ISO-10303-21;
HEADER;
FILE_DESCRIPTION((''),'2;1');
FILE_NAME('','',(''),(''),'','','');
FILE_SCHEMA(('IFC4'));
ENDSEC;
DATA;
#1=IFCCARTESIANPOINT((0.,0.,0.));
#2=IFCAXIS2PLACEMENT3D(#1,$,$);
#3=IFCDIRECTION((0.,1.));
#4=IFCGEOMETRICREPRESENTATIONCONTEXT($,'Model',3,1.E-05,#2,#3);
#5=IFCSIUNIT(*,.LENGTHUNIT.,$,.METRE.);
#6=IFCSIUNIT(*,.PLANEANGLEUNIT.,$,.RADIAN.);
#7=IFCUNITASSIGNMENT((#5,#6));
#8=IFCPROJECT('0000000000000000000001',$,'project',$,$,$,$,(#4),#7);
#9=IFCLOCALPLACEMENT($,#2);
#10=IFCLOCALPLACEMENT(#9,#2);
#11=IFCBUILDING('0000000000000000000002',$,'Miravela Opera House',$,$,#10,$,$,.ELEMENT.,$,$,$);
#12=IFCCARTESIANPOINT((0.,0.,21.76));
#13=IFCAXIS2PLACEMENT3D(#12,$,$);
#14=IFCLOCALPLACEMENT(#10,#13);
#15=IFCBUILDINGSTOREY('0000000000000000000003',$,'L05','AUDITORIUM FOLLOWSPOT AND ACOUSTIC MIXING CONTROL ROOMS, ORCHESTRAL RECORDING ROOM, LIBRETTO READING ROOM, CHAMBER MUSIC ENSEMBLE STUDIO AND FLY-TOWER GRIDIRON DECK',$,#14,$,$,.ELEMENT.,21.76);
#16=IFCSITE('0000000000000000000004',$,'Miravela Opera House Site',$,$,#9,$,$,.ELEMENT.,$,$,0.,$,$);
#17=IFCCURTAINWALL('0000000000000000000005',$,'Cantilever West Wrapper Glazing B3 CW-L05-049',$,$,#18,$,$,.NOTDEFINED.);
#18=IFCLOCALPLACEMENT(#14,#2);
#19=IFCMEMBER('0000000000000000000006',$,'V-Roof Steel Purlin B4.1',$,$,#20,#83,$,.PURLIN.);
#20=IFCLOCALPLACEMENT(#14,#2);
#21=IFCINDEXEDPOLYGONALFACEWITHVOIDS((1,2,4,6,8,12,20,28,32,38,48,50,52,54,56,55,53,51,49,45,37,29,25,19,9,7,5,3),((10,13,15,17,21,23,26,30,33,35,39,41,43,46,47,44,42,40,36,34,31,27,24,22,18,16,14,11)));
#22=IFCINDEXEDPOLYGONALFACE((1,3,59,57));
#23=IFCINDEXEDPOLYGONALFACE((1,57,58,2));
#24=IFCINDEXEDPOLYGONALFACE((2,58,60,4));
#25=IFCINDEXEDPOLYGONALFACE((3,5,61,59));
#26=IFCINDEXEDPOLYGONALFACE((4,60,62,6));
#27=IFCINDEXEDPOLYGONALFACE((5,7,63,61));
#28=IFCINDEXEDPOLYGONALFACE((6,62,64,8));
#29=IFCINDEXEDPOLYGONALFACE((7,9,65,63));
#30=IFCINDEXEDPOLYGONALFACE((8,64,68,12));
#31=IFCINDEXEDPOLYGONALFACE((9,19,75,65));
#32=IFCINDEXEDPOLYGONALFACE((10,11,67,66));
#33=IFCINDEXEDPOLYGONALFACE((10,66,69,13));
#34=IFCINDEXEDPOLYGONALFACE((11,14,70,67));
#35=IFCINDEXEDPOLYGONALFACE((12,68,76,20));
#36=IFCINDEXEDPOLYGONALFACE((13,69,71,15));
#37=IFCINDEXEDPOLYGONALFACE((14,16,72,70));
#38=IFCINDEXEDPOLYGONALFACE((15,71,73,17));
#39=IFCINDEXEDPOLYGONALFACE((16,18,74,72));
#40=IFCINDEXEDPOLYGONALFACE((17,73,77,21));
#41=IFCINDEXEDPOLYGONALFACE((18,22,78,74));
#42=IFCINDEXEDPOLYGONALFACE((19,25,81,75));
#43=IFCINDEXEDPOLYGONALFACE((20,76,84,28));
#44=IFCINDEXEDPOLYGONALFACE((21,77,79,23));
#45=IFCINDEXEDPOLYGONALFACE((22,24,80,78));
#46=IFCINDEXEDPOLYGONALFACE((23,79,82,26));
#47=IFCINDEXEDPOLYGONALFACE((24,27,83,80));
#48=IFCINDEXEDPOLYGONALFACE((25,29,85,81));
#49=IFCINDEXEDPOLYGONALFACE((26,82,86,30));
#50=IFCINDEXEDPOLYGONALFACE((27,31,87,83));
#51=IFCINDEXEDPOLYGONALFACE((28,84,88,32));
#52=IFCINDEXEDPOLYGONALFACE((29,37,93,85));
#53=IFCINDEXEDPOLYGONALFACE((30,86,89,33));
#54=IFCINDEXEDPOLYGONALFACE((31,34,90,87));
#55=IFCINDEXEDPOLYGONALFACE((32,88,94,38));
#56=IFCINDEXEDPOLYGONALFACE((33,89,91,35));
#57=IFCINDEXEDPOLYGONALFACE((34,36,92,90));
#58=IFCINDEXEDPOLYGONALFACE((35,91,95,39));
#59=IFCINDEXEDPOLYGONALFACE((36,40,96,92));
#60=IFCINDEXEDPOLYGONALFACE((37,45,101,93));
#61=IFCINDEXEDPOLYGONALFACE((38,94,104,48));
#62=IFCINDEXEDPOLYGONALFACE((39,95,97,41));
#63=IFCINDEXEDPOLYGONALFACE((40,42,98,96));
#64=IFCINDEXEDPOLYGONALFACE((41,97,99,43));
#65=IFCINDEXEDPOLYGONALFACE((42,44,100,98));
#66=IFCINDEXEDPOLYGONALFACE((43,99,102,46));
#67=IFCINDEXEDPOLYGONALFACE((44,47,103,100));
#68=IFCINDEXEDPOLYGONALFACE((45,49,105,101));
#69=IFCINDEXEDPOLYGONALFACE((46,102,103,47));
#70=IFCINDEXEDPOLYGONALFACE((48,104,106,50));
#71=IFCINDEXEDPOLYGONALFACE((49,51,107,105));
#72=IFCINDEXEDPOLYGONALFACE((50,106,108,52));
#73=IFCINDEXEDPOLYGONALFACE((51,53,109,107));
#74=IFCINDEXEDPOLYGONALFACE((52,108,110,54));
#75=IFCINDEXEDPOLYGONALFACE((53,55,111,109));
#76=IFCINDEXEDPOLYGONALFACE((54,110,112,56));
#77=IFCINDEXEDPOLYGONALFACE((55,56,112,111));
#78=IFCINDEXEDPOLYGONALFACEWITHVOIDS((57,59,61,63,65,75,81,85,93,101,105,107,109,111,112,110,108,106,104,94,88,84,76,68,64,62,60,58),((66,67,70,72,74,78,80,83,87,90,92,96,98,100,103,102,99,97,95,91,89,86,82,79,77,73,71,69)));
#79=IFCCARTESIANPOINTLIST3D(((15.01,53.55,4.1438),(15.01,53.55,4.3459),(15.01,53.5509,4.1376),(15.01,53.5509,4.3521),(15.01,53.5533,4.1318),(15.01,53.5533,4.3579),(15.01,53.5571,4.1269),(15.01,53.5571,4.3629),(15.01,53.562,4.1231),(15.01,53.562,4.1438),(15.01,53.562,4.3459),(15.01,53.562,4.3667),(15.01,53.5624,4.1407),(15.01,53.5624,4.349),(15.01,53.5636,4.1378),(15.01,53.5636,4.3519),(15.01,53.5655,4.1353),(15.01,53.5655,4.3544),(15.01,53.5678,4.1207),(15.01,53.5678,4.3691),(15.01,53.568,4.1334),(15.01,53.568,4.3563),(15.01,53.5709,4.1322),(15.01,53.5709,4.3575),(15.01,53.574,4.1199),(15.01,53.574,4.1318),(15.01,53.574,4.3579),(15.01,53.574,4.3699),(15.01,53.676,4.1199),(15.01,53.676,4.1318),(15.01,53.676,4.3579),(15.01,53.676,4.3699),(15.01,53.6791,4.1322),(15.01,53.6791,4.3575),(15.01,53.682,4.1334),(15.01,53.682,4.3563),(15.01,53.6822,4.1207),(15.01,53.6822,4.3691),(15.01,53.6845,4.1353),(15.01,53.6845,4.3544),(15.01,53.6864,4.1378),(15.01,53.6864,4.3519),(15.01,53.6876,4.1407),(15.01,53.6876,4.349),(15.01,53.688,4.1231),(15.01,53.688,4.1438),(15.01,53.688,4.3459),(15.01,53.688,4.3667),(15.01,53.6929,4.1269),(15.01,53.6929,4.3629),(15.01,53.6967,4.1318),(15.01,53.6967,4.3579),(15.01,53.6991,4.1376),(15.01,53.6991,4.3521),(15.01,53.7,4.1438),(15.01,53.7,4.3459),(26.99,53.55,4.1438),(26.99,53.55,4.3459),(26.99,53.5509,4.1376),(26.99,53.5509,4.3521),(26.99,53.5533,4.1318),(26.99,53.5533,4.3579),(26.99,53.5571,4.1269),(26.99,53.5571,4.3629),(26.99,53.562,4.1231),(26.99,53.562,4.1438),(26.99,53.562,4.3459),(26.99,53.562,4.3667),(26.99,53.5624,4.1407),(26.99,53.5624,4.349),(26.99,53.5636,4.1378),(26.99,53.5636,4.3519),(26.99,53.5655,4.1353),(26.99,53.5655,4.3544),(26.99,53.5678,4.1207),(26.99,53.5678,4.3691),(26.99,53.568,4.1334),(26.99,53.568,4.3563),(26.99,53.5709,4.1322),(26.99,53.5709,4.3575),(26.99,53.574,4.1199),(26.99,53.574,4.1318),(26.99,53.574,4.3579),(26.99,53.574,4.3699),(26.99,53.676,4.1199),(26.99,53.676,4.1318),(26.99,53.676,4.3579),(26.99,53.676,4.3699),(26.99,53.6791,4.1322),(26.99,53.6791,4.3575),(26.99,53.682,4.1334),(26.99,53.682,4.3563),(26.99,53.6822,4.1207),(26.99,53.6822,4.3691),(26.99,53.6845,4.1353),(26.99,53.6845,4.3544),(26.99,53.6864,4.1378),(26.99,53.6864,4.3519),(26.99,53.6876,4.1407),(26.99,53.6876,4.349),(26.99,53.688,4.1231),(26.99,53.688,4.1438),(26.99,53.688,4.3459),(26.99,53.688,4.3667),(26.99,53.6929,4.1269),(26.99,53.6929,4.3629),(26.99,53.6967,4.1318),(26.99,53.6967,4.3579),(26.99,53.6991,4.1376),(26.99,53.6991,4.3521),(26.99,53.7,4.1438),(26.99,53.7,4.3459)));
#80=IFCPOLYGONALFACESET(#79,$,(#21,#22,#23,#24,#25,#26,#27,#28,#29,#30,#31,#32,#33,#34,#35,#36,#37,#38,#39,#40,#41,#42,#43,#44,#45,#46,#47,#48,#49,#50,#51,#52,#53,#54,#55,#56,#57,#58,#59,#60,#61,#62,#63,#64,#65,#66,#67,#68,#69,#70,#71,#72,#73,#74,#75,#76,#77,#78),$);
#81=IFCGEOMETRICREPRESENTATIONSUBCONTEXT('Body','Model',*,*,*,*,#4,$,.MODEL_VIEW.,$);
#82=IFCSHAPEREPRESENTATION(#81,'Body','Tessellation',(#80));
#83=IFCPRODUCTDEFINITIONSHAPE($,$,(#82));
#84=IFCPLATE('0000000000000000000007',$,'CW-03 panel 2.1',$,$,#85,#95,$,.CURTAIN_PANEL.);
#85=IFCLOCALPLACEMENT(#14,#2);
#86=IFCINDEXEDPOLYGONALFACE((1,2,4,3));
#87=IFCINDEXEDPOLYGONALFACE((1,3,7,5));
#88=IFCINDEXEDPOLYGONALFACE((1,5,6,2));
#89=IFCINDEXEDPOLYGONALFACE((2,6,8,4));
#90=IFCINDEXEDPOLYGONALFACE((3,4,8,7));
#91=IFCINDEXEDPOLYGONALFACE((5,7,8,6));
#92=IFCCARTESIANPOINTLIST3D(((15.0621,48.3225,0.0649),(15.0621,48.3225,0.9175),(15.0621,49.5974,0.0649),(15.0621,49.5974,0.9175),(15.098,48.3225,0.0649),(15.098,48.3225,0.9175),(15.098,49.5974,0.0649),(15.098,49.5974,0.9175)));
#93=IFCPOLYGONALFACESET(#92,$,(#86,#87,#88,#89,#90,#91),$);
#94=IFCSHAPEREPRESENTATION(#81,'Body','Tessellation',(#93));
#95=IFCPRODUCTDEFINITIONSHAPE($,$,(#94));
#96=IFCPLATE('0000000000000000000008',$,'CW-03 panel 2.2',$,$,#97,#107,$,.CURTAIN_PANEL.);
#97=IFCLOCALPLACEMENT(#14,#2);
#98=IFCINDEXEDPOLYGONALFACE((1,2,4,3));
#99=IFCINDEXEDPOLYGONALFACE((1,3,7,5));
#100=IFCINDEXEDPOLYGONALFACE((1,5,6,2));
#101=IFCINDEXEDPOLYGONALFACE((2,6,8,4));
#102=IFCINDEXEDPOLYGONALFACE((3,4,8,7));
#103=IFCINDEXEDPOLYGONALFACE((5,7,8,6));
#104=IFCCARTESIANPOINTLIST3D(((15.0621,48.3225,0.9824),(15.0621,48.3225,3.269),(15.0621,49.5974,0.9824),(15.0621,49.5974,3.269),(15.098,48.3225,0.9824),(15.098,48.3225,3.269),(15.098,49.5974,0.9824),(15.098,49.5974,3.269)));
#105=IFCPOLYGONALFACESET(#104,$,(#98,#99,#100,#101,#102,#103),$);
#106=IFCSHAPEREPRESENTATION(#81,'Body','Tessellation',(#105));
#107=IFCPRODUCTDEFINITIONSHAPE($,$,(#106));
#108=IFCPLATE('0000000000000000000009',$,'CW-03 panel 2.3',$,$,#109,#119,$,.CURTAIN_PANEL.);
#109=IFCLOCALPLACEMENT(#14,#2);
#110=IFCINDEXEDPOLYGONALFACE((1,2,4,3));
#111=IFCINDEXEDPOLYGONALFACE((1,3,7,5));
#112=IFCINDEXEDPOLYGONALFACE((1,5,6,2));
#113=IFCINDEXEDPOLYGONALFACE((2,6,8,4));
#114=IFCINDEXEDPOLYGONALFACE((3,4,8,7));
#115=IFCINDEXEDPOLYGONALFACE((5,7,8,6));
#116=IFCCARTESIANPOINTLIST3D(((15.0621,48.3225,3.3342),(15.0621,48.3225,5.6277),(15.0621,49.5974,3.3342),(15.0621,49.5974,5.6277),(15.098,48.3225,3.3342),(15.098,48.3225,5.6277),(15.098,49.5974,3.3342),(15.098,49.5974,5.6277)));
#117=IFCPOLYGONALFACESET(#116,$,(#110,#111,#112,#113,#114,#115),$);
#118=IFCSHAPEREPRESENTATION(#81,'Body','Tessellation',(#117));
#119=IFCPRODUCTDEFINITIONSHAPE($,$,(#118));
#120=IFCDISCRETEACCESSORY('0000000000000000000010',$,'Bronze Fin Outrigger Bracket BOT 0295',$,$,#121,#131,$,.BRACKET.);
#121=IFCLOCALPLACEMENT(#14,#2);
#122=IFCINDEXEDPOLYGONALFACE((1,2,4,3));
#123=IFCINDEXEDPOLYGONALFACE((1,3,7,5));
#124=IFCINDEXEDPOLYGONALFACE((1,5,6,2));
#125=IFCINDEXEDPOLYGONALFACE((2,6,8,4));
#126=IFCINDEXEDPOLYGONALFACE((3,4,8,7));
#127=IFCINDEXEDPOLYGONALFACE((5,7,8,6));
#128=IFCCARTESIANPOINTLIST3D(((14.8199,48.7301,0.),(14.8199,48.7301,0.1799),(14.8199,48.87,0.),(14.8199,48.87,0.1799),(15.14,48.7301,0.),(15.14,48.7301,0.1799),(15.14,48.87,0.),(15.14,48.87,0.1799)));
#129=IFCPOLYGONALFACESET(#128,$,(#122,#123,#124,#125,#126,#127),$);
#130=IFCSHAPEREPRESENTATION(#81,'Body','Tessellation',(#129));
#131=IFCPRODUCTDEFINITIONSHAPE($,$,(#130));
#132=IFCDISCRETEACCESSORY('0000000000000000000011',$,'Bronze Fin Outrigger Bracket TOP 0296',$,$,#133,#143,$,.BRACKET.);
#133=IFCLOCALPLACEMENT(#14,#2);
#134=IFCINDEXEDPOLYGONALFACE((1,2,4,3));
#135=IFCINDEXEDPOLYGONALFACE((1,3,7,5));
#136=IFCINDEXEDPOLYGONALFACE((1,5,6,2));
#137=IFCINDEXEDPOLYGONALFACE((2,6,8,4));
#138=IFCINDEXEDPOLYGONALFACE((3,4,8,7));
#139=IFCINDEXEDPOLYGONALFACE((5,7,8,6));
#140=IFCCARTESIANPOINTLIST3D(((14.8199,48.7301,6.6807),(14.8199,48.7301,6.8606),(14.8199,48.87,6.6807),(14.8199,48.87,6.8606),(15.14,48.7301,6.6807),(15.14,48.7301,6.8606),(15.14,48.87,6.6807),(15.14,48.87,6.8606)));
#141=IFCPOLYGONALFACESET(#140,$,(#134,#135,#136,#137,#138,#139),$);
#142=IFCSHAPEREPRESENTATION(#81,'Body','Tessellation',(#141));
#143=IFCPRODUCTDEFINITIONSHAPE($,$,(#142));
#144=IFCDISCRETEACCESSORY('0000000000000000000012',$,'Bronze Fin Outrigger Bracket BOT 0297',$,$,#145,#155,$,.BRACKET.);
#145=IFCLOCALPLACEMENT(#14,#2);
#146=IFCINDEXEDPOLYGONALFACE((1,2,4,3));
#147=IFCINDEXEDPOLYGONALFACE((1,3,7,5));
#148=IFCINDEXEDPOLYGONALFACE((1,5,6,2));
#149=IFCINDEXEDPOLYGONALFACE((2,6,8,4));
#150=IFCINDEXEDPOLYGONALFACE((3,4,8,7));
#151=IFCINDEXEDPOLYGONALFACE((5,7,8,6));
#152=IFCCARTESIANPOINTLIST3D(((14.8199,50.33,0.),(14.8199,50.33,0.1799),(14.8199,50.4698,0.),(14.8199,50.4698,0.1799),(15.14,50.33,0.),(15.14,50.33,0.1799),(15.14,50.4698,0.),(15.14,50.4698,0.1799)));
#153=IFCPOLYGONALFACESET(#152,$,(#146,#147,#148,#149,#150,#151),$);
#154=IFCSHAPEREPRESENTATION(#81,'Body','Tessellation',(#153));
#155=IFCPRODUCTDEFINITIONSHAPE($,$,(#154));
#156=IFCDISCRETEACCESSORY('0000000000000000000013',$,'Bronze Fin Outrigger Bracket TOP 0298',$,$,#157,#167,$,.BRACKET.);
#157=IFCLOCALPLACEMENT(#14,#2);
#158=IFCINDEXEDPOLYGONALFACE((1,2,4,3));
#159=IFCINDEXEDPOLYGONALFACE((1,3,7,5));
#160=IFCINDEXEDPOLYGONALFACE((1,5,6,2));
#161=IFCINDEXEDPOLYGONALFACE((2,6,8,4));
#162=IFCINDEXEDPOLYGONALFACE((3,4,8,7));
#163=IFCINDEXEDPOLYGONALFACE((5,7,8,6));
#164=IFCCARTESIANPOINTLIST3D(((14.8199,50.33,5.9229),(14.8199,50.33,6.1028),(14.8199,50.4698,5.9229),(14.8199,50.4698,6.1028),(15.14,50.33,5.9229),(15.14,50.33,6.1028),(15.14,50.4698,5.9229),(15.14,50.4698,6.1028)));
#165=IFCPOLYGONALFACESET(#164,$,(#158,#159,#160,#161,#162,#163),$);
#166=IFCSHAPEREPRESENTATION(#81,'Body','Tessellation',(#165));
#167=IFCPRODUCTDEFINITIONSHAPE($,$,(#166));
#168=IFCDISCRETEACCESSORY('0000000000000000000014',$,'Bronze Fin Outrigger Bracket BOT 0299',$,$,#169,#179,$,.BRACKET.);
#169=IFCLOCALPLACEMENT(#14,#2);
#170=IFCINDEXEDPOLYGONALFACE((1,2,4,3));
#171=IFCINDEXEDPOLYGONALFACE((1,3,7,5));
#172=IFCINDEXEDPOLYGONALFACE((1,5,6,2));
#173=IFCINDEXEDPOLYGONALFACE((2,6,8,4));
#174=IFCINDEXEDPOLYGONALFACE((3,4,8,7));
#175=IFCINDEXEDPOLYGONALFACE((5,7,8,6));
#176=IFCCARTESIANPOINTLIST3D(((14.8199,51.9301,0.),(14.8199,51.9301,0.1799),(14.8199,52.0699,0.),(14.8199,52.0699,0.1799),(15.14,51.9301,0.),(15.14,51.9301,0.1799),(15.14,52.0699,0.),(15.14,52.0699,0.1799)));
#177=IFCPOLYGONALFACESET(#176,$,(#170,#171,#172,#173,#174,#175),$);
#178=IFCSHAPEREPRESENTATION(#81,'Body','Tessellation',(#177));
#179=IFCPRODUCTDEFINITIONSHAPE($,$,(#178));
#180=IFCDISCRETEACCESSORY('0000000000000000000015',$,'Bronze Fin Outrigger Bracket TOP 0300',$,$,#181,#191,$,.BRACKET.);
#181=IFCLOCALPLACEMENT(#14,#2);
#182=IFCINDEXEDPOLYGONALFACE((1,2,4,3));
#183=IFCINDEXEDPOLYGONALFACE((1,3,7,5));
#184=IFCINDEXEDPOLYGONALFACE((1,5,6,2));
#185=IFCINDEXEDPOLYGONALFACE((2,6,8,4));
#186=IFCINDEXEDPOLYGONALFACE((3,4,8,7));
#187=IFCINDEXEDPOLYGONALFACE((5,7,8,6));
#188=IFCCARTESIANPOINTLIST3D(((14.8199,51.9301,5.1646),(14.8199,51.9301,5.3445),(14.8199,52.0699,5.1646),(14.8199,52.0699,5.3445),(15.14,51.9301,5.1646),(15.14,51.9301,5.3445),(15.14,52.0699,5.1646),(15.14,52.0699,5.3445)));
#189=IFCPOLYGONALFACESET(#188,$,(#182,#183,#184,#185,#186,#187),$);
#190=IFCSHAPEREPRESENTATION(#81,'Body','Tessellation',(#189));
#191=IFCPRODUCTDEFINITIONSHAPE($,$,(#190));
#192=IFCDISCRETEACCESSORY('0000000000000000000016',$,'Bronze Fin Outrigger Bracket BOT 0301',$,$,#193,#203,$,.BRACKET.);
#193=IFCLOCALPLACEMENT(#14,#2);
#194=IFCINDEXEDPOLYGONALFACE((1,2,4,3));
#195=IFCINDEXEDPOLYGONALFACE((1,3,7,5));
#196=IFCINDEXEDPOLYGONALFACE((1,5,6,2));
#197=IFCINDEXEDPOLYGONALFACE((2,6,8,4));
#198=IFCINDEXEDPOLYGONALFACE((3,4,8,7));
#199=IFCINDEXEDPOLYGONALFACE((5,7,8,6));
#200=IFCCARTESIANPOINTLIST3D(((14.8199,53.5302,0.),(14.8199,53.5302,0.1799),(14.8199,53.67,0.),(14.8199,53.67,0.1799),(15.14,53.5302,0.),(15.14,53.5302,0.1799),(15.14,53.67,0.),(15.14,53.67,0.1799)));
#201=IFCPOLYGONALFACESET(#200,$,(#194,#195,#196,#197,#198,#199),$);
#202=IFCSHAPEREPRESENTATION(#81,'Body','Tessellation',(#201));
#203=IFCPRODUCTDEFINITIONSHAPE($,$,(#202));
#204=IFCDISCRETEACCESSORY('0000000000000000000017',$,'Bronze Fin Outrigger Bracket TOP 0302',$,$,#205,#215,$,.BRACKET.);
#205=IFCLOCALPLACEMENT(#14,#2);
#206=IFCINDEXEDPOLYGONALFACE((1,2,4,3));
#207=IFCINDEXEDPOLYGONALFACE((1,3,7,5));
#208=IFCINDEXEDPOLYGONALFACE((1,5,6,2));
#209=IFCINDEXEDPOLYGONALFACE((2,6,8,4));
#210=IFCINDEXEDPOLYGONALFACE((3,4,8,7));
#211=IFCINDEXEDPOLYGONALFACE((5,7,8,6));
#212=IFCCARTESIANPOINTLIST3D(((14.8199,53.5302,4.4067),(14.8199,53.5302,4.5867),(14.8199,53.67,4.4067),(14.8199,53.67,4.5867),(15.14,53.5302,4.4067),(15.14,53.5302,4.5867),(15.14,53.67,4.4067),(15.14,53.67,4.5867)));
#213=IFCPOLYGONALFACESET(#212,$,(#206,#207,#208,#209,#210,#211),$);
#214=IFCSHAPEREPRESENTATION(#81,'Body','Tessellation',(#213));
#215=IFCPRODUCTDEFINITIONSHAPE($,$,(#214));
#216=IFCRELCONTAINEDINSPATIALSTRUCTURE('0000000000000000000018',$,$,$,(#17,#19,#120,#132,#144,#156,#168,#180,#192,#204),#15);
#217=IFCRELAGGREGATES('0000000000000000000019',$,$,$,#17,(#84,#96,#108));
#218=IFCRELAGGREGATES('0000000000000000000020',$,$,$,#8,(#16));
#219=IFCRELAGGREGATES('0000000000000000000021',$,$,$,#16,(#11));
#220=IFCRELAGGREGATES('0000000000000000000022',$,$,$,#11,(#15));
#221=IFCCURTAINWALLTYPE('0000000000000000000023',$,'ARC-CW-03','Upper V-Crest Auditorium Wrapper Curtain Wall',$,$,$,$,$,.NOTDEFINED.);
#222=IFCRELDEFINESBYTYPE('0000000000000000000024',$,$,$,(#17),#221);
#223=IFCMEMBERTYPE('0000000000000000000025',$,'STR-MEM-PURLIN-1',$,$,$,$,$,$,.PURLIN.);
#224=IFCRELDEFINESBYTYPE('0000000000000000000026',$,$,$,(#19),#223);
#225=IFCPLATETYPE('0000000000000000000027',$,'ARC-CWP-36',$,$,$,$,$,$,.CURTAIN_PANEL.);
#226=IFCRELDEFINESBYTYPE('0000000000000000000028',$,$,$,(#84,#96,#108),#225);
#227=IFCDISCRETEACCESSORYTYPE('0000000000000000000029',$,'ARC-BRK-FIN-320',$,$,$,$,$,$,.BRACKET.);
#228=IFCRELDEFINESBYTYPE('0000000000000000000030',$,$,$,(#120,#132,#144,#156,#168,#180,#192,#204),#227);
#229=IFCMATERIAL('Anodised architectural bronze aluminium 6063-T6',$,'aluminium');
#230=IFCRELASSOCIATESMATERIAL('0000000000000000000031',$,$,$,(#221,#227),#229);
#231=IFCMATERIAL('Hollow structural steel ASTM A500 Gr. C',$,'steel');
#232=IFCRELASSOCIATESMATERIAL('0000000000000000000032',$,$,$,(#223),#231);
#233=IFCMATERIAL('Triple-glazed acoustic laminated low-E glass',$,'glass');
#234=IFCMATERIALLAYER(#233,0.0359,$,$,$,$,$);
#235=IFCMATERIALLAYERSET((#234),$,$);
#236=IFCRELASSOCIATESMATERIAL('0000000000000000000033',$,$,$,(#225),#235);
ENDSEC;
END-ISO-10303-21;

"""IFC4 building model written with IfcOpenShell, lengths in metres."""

from ifc_helpers import new_model, si_unit, direction, frame, origin, origin_2d, place, context, subcontext, project, spatial, rectangle, hollow_rectangle, extrude, material, layer, layer_set, material_profile, profile_set, type_object, element, aggregate, save


model = new_model("IFC4")

# Units and contexts
model_context = context("Model", 3, precision=1e-05, world=origin(), true_north=direction((0.0, 1.0)))
body_context = subcontext(model_context, "Body", "Model", "MODEL_VIEW")
ifc_project = project(units=[si_unit("LENGTHUNIT", "METRE"), si_unit("PLANEANGLEUNIT", "RADIAN")], contexts=[model_context])

# Site, building, storey
site_placement = place(None, origin())
site = spatial("IfcSite", under=ifc_project, at=site_placement, Name="Miravela Opera House Site", CompositionType="ELEMENT", RefElevation=0.0)
building_placement = place(site_placement, origin())
building = spatial("IfcBuilding", under=site, at=building_placement, Name="Miravela Opera House", CompositionType="ELEMENT")
storey_placement = place(building_placement, frame((0.0, 0.0, 21.76)))
storey = spatial("IfcBuildingStorey", under=building, at=storey_placement, Name="L05", Description="AUDITORIUM FOLLOWSPOT AND ACOUSTIC MIXING CONTROL ROOMS, ORCHESTRAL RECORDING ROOM, LIBRETTO READING ROOM, CHAMBER MUSIC ENSEMBLE STUDIO AND FLY-TOWER GRIDIRON DECK", CompositionType="ELEMENT", Elevation=21.76)

# Curtain wall
ifc_material_1 = material(Name="Anodised architectural bronze aluminium 6063-T6", Category="aluminium")
curtain_wall_type = type_object("IfcCurtainWallType", Name="ARC-CW-03", Description="Upper V-Crest Auditorium Wrapper Curtain Wall", PredefinedType="NOTDEFINED", material=ifc_material_1)
curtain_wall_placement = place(storey_placement, origin())
curtain_wall = element("IfcCurtainWall", 1, at=curtain_wall_placement, inside=storey, type_object=curtain_wall_type, Name="Cantilever West Wrapper Glazing B3 CW-L05-049", PredefinedType="NOTDEFINED")

# Member
ifc_material_2 = material(Name="Hollow structural steel ASTM A500 Gr. C", Category="steel")
ifc_material_profile_1 = material_profile(ifc_material_2, hollow_rectangle(XDim=0.1499, YDim=0.25, WallThickness=0.012, InnerFilletRadius=0.012, OuterFilletRadius=0.0239, at=origin_2d()), Name="HSS250X150X12")
ifc_profile_set_1 = profile_set([ifc_material_profile_1])
member_type_1 = type_object("IfcMemberType", Name="STR-MEM-PURLIN-1", PredefinedType="PURLIN", material=ifc_profile_set_1)
for number, where, z_axis, x_axis, name in (
    (2, (15.01, 53.625, 4.2449), (1.0, 0.0, 0.0), (0.0, 1.0, 0.0), "V-Roof Steel Purlin B4.1"),
):
    element("IfcMember", number, at=place(storey_placement, frame(where, z_axis=z_axis, x_axis=x_axis)), inside=storey, type_object=member_type_1, Name=name, PredefinedType="PURLIN", context=body_context, shape_type="SweptSolid", body=[
        extrude(hollow_rectangle(XDim=0.1499, YDim=0.25, WallThickness=0.012, InnerFilletRadius=0.012, OuterFilletRadius=0.0239, at=origin_2d()), origin(), (0.0, 0.0, 1.0), 11.98),
    ])

# Plates
ifc_material_3 = material(Name="Triple-glazed acoustic laminated low-E glass", Category="glass")
ifc_layer = layer(ifc_material_3, 0.0359)
ifc_layer_set = layer_set([ifc_layer])
plate_type = type_object("IfcPlateType", Name="ARC-CWP-36", PredefinedType="CURTAIN_PANEL", material=ifc_layer_set)
plate_1_placement = place(storey_placement, frame((15.0801, 48.96, 0.0649), z_axis=(0.0, 0.0, 1.0), x_axis=(0.0, 1.0, 0.0)))
plate_1 = element("IfcPlate", 3, at=plate_1_placement, type_object=plate_type, Name="CW-03 panel 2.1", PredefinedType="CURTAIN_PANEL", context=body_context, shape_type="SweptSolid", body=[
    extrude(rectangle(XDim=1.2749, YDim=0.0359, at=origin_2d()), origin(), (0.0, 0.0, 1.0), 0.8525),
])
plate_2_placement = place(storey_placement, frame((15.0801, 48.96, 0.9824), z_axis=(0.0, 0.0, 1.0), x_axis=(0.0, 1.0, 0.0)))
plate_2 = element("IfcPlate", 4, at=plate_2_placement, type_object=plate_type, Name="CW-03 panel 2.2", PredefinedType="CURTAIN_PANEL", context=body_context, shape_type="SweptSolid", body=[
    extrude(rectangle(XDim=1.2749, YDim=0.0359, at=origin_2d()), origin(), (0.0, 0.0, 1.0), 2.2866),
])
plate_3_placement = place(storey_placement, frame((15.0801, 48.96, 3.3342), z_axis=(0.0, 0.0, 1.0), x_axis=(0.0, 1.0, 0.0)))
plate_3 = element("IfcPlate", 5, at=plate_3_placement, type_object=plate_type, Name="CW-03 panel 2.3", PredefinedType="CURTAIN_PANEL", context=body_context, shape_type="SweptSolid", body=[
    extrude(rectangle(XDim=1.2749, YDim=0.0359, at=origin_2d()), origin(), (0.0, 0.0, 1.0), 2.2935),
])
aggregate(curtain_wall, [plate_1, plate_2, plate_3])

# Discrete accessories
discrete_accessory_type = type_object("IfcDiscreteAccessoryType", Name="ARC-BRK-FIN-320", PredefinedType="BRACKET", material=ifc_material_1)
for number, where, z_axis, x_axis, name in (
    (6, (14.98, 48.8, 0.0), (0.0, 0.0, 1.0), (1.0, 0.0, 0.0), "Bronze Fin Outrigger Bracket BOT 0295"),
    (7, (14.98, 48.8, 6.6807), (0.0, 0.0, 1.0), (1.0, 0.0, 0.0), "Bronze Fin Outrigger Bracket TOP 0296"),
    (8, (14.98, 50.3999, 0.0), (0.0, 0.0, 1.0), (1.0, 0.0, 0.0), "Bronze Fin Outrigger Bracket BOT 0297"),
    (9, (14.98, 50.3999, 5.9229), (0.0, 0.0, 1.0), (1.0, 0.0, 0.0), "Bronze Fin Outrigger Bracket TOP 0298"),
    (10, (14.98, 52.0, 0.0), (0.0, 0.0, 1.0), (1.0, 0.0, 0.0), "Bronze Fin Outrigger Bracket BOT 0299"),
    (11, (14.98, 52.0, 5.1646), (0.0, 0.0, 1.0), (1.0, 0.0, 0.0), "Bronze Fin Outrigger Bracket TOP 0300"),
    (12, (14.98, 53.6001, 0.0), (0.0, 0.0, 1.0), (1.0, 0.0, 0.0), "Bronze Fin Outrigger Bracket BOT 0301"),
    (13, (14.98, 53.6001, 4.4067), (0.0, 0.0, 1.0), (1.0, 0.0, 0.0), "Bronze Fin Outrigger Bracket TOP 0302"),
):
    element("IfcDiscreteAccessory", number, at=place(storey_placement, frame(where, z_axis=z_axis, x_axis=x_axis)), inside=storey, type_object=discrete_accessory_type, Name=name, PredefinedType="BRACKET", context=body_context, shape_type="SweptSolid", body=[
        extrude(rectangle(XDim=0.3201, YDim=0.1399, at=origin_2d()), origin(), (0.0, 0.0, 1.0), 0.1799),
    ])

save(model, "model.ifc")
